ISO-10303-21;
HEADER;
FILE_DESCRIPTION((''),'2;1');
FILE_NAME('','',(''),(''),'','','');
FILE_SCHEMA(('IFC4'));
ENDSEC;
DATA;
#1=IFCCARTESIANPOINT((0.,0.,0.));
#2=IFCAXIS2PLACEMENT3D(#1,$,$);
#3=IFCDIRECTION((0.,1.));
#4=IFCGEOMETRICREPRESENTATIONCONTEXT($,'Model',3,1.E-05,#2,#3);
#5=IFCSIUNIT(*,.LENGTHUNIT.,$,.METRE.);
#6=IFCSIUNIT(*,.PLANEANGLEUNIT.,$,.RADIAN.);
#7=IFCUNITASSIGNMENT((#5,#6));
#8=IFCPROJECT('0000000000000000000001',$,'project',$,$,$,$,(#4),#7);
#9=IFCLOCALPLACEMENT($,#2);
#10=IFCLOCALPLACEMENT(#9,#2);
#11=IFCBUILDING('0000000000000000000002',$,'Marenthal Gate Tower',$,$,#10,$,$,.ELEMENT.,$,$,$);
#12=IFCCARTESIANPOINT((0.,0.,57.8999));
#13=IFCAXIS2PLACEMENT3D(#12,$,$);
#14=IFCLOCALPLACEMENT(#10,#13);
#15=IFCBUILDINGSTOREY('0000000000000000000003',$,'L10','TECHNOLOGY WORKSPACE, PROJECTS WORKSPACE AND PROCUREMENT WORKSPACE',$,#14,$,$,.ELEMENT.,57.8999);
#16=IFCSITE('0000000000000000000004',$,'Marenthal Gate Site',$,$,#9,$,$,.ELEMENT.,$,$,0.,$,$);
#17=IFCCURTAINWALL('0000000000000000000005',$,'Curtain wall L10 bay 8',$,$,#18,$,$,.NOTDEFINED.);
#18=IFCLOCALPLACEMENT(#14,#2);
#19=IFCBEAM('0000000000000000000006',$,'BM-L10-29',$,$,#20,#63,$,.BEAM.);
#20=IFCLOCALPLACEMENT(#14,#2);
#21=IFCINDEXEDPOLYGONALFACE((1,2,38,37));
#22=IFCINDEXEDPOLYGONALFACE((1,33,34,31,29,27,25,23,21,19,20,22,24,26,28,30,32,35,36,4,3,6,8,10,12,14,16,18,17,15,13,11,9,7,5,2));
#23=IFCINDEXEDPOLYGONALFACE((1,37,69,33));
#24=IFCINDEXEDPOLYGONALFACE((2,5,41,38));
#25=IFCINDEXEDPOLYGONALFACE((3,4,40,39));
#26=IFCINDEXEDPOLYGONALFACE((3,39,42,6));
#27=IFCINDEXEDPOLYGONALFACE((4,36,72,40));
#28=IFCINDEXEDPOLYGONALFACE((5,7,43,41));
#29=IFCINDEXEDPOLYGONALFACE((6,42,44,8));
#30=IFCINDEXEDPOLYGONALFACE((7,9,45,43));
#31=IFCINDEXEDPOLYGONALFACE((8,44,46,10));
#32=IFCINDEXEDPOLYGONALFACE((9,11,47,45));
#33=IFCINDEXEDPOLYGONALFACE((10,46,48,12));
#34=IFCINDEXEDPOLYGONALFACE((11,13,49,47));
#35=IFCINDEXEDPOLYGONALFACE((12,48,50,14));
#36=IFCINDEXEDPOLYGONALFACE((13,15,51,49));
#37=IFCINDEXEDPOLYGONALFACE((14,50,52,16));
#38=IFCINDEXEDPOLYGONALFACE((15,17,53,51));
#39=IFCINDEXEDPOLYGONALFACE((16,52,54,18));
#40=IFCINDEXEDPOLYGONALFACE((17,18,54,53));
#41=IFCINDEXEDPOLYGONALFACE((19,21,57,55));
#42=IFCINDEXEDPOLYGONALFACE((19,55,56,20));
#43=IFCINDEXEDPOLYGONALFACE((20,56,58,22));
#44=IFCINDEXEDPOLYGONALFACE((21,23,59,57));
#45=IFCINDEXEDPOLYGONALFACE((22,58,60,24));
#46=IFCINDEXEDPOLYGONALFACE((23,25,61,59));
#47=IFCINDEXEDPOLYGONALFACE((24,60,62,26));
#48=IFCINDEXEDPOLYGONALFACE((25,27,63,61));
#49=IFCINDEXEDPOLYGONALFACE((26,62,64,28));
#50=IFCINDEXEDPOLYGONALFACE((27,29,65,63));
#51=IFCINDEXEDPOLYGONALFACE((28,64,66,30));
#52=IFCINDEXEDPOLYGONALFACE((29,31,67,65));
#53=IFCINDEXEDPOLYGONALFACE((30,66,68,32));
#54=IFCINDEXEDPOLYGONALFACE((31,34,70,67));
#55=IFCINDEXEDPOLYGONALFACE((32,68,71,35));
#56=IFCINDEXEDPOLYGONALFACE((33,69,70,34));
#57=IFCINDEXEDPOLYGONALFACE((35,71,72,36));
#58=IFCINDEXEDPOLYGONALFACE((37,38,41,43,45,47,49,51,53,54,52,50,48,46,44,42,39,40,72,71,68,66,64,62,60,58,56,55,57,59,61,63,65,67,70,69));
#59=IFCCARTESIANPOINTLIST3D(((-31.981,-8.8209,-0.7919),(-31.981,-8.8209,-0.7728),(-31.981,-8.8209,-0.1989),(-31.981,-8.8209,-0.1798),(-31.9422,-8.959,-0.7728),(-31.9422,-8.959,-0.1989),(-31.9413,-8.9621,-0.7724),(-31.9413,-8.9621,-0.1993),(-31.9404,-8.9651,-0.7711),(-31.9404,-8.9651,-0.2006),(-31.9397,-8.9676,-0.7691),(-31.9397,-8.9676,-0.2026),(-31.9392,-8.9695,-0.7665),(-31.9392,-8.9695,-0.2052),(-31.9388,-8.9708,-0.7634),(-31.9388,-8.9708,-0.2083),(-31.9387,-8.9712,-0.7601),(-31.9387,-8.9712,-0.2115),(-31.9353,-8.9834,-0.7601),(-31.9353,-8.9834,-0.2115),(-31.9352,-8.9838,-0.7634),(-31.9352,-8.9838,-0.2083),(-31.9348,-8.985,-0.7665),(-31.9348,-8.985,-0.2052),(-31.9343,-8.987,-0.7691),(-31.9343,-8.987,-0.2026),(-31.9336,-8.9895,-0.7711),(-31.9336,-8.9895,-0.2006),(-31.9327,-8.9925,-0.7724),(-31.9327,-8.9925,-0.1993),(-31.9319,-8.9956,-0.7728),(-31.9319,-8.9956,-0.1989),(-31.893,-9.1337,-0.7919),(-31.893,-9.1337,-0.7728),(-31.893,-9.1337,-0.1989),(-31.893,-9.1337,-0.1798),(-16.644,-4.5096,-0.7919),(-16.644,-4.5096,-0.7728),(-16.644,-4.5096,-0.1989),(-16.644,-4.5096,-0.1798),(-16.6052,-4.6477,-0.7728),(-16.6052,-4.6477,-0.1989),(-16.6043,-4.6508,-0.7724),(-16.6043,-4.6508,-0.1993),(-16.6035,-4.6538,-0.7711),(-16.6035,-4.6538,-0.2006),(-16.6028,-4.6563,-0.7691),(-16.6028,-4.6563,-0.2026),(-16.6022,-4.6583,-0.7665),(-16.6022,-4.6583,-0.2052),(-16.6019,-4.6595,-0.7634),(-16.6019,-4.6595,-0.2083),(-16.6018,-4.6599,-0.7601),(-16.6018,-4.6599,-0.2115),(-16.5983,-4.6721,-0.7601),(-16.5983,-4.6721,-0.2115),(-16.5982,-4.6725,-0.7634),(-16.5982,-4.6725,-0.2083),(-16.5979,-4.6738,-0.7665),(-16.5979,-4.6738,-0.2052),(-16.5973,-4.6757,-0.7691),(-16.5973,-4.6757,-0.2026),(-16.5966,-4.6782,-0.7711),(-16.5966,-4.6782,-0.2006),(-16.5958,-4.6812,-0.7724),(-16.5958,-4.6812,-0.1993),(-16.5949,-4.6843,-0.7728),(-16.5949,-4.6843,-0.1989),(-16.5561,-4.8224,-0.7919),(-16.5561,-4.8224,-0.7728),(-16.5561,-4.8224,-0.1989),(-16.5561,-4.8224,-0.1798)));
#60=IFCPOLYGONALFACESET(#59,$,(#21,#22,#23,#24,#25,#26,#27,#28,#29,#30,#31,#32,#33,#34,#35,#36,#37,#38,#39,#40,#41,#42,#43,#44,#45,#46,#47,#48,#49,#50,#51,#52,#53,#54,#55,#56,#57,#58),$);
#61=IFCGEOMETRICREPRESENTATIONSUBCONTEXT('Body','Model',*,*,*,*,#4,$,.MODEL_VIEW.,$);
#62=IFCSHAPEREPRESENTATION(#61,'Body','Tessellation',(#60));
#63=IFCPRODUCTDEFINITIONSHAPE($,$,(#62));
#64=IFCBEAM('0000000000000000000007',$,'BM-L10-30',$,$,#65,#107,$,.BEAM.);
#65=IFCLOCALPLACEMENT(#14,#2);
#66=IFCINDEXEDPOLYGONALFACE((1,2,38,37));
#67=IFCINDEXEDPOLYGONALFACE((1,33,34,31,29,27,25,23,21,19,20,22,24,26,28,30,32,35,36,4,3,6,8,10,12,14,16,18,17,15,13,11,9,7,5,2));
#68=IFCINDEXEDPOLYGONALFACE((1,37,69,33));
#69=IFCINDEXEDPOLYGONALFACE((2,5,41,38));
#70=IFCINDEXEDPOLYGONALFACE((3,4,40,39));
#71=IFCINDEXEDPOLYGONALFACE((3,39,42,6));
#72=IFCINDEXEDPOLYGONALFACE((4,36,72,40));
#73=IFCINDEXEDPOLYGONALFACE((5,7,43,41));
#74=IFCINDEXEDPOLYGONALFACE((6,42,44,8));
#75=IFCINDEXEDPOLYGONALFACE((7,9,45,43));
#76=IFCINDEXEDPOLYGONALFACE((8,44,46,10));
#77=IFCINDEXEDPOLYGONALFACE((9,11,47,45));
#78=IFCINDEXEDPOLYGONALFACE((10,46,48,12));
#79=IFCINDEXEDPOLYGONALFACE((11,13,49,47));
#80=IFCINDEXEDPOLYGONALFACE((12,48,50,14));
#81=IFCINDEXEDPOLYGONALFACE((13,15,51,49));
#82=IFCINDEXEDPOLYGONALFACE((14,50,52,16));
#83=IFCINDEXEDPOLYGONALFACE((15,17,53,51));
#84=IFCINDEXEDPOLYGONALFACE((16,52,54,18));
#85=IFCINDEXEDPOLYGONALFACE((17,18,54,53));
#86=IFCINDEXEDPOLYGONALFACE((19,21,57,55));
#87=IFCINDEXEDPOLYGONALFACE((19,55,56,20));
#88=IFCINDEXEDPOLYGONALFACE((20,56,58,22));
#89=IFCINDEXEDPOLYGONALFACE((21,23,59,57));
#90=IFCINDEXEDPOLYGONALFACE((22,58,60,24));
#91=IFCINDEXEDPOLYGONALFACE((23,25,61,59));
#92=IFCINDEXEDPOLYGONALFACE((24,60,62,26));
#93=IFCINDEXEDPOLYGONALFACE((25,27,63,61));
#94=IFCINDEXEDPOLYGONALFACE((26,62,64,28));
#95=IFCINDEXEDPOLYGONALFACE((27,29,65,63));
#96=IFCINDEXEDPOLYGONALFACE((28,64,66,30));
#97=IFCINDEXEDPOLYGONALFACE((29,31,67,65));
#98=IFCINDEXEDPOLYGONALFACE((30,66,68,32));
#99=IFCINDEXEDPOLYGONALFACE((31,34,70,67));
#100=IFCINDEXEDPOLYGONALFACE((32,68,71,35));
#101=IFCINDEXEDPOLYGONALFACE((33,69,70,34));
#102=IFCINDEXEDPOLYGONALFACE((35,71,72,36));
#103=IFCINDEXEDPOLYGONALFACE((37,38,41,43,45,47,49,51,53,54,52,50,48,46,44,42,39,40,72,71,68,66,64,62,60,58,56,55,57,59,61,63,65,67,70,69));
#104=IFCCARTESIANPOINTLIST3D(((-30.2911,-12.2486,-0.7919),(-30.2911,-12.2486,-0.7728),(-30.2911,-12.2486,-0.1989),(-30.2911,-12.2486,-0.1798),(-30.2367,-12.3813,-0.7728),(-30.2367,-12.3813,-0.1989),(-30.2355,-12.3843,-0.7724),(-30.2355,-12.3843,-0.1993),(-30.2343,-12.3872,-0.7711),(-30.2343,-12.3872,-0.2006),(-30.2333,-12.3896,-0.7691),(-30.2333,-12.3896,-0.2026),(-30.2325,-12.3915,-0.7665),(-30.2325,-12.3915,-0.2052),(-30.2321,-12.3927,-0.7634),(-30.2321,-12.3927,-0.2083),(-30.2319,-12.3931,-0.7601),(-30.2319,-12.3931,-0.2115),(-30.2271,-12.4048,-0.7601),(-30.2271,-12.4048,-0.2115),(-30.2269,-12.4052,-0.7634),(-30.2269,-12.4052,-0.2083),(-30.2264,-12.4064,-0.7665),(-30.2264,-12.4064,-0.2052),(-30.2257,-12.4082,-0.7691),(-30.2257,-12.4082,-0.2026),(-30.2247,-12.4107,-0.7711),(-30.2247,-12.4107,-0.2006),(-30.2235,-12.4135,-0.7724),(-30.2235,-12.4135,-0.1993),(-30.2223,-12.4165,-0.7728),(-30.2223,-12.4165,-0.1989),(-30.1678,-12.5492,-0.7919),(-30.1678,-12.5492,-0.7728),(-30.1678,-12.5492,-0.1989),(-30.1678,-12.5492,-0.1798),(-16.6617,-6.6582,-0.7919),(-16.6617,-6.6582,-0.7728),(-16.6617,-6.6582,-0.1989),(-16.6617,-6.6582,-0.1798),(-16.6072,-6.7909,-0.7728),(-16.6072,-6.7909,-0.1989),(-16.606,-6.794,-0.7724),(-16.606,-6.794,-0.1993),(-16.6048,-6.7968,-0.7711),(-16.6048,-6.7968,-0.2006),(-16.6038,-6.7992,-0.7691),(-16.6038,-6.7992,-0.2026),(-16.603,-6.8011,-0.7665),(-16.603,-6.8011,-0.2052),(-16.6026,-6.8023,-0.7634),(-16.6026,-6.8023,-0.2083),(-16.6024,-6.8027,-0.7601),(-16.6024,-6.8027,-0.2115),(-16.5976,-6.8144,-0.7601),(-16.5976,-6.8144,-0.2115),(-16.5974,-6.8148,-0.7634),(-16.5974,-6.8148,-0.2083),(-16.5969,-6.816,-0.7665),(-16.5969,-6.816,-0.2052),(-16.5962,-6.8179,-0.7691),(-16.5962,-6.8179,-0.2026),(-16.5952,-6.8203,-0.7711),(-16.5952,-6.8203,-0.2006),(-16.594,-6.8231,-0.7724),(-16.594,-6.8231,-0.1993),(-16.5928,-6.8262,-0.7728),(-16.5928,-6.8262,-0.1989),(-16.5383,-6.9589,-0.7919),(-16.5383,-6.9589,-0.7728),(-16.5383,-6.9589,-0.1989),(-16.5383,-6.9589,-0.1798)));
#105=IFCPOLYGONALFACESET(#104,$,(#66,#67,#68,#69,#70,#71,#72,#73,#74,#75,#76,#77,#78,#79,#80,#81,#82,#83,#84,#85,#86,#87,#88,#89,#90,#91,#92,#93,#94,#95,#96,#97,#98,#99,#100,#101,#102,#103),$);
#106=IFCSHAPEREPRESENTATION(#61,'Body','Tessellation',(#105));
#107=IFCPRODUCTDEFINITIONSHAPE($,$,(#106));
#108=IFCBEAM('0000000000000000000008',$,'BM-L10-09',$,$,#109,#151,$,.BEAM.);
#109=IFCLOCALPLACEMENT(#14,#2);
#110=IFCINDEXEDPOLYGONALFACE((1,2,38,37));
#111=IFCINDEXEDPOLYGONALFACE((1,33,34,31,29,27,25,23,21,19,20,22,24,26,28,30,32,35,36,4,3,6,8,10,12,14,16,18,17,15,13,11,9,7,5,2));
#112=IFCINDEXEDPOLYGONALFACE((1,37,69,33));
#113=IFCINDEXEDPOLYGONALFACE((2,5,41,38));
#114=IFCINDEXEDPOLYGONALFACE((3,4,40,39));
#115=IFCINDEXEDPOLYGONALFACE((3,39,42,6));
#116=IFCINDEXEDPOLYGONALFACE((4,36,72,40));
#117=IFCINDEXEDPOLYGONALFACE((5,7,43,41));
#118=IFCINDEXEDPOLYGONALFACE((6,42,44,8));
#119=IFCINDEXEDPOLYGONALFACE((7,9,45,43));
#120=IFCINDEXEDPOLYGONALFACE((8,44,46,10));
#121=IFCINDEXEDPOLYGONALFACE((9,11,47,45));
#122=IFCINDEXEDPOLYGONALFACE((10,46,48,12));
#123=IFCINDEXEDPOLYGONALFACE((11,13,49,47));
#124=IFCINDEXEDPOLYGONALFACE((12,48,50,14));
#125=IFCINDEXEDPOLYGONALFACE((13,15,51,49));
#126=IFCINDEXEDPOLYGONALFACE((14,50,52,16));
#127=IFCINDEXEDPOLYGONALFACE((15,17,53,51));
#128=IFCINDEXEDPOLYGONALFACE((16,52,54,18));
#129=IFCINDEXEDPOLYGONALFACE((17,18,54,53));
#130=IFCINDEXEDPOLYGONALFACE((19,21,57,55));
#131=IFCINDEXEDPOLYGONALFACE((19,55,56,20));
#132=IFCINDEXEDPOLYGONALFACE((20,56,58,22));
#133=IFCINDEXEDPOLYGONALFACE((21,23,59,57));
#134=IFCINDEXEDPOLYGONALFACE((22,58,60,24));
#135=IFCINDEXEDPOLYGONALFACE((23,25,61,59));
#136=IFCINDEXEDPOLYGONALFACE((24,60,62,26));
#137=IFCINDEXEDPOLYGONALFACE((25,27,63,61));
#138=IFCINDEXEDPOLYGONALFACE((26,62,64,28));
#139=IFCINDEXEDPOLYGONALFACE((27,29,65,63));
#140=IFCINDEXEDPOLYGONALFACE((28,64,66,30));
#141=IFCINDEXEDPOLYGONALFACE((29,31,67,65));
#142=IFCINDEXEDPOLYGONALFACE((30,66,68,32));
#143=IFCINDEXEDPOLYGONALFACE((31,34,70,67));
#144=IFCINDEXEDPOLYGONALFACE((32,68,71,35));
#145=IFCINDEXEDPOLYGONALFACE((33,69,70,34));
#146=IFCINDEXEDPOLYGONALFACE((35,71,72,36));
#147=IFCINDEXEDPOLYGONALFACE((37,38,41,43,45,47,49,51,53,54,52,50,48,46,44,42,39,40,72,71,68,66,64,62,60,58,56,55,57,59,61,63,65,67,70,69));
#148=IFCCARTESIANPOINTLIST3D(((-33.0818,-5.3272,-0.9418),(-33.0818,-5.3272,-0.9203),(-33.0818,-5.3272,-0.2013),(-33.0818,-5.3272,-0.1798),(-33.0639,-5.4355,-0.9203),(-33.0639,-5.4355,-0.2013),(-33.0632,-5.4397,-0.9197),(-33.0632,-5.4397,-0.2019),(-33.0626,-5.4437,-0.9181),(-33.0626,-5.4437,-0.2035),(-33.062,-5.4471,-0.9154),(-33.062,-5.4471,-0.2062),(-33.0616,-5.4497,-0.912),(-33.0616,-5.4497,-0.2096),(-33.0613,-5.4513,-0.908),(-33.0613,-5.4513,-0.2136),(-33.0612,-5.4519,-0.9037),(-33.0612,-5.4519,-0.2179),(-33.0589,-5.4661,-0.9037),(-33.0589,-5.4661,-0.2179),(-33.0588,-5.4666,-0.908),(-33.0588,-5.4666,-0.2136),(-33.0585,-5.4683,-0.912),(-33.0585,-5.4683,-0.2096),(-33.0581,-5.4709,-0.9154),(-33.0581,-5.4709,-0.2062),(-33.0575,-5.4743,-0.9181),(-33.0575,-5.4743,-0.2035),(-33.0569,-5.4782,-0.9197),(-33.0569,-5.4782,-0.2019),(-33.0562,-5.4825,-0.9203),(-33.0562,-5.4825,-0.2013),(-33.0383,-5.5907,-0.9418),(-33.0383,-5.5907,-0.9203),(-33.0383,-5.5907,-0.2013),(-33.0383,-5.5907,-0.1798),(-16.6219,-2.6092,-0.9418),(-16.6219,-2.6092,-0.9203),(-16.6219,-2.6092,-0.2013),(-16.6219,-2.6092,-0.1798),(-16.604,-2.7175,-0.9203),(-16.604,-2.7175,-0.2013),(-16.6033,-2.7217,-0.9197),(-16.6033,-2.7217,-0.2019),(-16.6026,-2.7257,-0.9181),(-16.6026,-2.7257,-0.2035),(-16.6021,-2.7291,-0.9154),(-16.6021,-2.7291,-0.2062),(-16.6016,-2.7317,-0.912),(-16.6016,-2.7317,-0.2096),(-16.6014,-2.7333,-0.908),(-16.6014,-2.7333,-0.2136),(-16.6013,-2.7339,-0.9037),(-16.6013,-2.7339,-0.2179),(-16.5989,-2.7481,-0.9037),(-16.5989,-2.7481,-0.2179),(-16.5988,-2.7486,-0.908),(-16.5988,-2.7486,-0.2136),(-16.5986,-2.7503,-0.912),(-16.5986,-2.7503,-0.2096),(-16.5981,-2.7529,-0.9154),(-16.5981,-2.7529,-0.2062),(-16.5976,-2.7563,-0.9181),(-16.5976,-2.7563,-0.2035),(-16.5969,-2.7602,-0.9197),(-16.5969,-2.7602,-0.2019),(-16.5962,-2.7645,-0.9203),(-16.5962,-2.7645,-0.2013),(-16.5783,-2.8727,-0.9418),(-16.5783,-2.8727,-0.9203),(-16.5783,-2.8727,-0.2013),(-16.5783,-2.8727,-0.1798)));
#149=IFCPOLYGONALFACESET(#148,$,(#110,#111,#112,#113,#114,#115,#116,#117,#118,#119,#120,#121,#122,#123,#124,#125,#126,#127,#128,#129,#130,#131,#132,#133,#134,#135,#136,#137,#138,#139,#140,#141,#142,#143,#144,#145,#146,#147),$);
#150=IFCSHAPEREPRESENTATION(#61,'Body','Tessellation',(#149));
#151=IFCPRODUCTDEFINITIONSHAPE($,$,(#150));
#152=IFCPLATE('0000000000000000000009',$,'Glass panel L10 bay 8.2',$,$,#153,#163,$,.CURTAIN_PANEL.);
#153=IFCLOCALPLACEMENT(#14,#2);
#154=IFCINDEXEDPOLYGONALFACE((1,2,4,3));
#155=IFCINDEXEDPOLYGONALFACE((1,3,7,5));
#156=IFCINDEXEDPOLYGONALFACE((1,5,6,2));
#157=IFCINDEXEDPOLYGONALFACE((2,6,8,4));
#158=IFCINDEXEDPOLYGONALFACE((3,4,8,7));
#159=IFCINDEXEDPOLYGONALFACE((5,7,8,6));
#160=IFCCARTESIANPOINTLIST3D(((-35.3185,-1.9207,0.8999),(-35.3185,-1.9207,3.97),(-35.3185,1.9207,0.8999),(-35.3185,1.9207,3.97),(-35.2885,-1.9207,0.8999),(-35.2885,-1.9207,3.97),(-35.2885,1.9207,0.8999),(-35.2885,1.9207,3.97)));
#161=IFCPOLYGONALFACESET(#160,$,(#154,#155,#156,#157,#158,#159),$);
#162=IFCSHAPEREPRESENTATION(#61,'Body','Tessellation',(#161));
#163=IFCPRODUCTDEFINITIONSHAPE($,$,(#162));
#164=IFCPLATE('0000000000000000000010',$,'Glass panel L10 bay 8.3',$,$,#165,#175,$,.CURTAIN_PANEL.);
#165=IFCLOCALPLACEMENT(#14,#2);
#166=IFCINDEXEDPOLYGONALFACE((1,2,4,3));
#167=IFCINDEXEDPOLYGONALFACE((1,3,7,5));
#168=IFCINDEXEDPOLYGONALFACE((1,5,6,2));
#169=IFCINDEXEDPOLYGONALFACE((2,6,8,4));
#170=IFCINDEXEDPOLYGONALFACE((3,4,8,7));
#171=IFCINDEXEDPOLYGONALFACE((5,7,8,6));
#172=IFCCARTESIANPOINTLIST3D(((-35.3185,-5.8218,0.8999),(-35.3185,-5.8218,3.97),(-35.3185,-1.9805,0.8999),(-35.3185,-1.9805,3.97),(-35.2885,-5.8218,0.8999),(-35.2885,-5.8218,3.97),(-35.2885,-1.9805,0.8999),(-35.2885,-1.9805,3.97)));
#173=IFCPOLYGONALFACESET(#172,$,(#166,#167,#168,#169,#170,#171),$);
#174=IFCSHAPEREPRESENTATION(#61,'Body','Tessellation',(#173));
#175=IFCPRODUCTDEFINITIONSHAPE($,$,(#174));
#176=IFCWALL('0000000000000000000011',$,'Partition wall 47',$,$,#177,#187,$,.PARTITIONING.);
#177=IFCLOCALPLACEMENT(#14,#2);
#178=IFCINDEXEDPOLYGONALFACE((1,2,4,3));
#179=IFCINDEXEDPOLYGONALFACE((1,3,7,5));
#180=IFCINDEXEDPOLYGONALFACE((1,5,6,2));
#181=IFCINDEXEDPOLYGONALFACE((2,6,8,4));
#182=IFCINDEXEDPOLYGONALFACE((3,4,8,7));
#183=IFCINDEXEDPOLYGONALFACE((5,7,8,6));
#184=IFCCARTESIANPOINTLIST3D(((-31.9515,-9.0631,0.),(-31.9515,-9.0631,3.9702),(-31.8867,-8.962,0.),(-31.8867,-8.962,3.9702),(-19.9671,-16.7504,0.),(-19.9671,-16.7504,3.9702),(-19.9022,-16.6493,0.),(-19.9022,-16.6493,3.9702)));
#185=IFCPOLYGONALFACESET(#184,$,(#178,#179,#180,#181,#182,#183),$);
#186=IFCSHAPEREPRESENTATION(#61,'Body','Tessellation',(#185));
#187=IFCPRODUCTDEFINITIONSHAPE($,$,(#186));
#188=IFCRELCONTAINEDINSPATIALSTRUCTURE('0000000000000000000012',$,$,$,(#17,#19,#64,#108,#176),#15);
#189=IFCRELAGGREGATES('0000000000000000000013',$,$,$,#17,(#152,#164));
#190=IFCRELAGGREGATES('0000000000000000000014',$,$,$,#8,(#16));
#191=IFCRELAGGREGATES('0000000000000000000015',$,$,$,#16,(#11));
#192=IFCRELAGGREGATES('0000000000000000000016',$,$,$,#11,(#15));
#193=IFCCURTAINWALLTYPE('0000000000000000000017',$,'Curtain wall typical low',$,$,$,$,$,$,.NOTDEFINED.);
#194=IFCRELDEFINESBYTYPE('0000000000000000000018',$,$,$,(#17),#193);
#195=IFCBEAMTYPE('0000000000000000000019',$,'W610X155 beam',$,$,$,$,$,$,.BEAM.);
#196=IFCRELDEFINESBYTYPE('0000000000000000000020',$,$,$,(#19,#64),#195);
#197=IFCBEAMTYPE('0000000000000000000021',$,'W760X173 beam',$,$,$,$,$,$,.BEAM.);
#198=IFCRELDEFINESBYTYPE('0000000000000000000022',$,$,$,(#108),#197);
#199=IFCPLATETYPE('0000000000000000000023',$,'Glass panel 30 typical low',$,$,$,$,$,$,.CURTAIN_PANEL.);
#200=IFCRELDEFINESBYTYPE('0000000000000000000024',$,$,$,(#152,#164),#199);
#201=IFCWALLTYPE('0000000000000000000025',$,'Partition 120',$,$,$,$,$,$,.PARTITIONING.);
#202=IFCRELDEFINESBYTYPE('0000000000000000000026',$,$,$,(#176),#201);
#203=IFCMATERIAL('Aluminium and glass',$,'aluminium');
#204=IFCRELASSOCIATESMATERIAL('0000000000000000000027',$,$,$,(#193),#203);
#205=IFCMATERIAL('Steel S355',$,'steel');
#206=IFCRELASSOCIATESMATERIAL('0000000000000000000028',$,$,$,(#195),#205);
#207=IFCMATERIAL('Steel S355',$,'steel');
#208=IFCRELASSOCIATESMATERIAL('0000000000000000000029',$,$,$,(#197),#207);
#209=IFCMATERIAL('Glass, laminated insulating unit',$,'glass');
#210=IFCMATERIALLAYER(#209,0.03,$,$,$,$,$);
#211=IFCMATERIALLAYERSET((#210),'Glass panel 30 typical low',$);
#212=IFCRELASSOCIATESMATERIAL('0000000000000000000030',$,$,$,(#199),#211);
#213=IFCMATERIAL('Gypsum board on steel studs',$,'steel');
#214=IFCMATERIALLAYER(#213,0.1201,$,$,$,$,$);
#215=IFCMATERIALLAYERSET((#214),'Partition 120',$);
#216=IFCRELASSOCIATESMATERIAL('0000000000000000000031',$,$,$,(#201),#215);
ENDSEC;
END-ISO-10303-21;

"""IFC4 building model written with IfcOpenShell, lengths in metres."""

from ifc_helpers import new_model, si_unit, direction, frame, frame_2d, origin, origin_2d, place, context, subcontext, project, spatial, rectangle, i_section, extrude, material, layer, layer_set, material_profile, profile_set, type_object, element, aggregate, save


model = new_model("IFC4")

# Units and contexts
model_context = context("Model", 3, precision=1e-05, world=origin(), true_north=direction((0.0, 1.0)))
body_context = subcontext(model_context, "Body", "Model", "MODEL_VIEW")
ifc_project = project(units=[si_unit("LENGTHUNIT", "METRE"), si_unit("PLANEANGLEUNIT", "RADIAN")], contexts=[model_context])

# Site, building, storey
site_placement = place(None, origin())
site = spatial("IfcSite", under=ifc_project, at=site_placement, Name="Marenthal Gate Site", CompositionType="ELEMENT", RefElevation=0.0)
building_placement = place(site_placement, origin())
building = spatial("IfcBuilding", under=site, at=building_placement, Name="Marenthal Gate Tower", CompositionType="ELEMENT")
storey_placement = place(building_placement, frame((0.0, 0.0, 57.8999)))
storey = spatial("IfcBuildingStorey", under=building, at=storey_placement, Name="L10", Description="TECHNOLOGY WORKSPACE, PROJECTS WORKSPACE AND PROCUREMENT WORKSPACE", CompositionType="ELEMENT", Elevation=57.8999)

# Curtain wall
ifc_material_1 = material(Name="Aluminium and glass", Category="aluminium")
curtain_wall_type = type_object("IfcCurtainWallType", Name="Curtain wall typical low", PredefinedType="NOTDEFINED", material=ifc_material_1)
curtain_wall_placement = place(storey_placement, origin())
curtain_wall = element("IfcCurtainWall", 1, at=curtain_wall_placement, inside=storey, type_object=curtain_wall_type, Name="Curtain wall L10 bay 8", PredefinedType="NOTDEFINED")

# Beams
ifc_material_2 = material(Name="Steel S355", Category="steel")
ifc_material_profile_1 = material_profile(ifc_material_2, i_section(OverallWidth=0.325, OverallDepth=0.6121, WebThickness=0.0127, FlangeThickness=0.019, FilletRadius=0.0127, at=origin_2d()), Name="W610X155")
ifc_profile_set_1 = profile_set([ifc_material_profile_1], Name="Steel S355")
beam_type_1 = type_object("IfcBeamType", Name="W610X155 beam", PredefinedType="BEAM", material=ifc_profile_set_1)
beam_1_placement = place(storey_placement, frame((-31.937, -8.9773, -0.4858), z_axis=(0.962687, 0.270616, 0.0), x_axis=(-0.270616, 0.962687, 0.0)))
element("IfcBeam", 2, at=beam_1_placement, inside=storey, type_object=beam_type_1, Name="BM-L10-29", PredefinedType="BEAM", context=body_context, shape_type="SweptSolid", body=[
    extrude(i_section(OverallWidth=0.325, OverallDepth=0.6121, WebThickness=0.0127, FlangeThickness=0.019, FilletRadius=0.0127, at=origin_2d()), origin(), (0.0, 0.0, 1.0), 15.9314),
])
beam_2_placement = place(storey_placement, frame((-30.2295, -12.3989, -0.4858), z_axis=(0.925198, 0.379486, 0.0), x_axis=(-0.379486, 0.925198, 0.0)))
element("IfcBeam", 3, at=beam_2_placement, inside=storey, type_object=beam_type_1, Name="BM-L10-30", PredefinedType="BEAM", context=body_context, shape_type="SweptSolid", body=[
    extrude(i_section(OverallWidth=0.325, OverallDepth=0.6121, WebThickness=0.0127, FlangeThickness=0.019, FilletRadius=0.0127, at=origin_2d()), origin(), (0.0, 0.0, 1.0), 14.7314),
])
ifc_material_3 = material(Name="Steel S355", Category="steel")
ifc_material_profile_2 = material_profile(ifc_material_3, i_section(OverallWidth=0.2671, OverallDepth=0.762, WebThickness=0.0144, FlangeThickness=0.0215, FilletRadius=0.0166, at=origin_2d()), Name="W760X173")
ifc_profile_set_2 = profile_set([ifc_material_profile_2], Name="Steel S355")
beam_type_2 = type_object("IfcBeamType", Name="W760X173 beam", PredefinedType="BEAM", material=ifc_profile_set_2)
beam_3_placement = place(storey_placement, frame((-33.0601, -5.459, -0.5608), z_axis=(0.986639, 0.162923, 0.0), x_axis=(-0.162923, 0.986639, 0.0)))
element("IfcBeam", 4, at=beam_3_placement, inside=storey, type_object=beam_type_2, Name="BM-L10-09", PredefinedType="BEAM", context=body_context, shape_type="SweptSolid", body=[
    extrude(i_section(OverallWidth=0.2671, OverallDepth=0.762, WebThickness=0.0144, FlangeThickness=0.0215, FilletRadius=0.0166, at=origin_2d()), origin(), (0.0, 0.0, 1.0), 16.6829),
])

# Plates
ifc_material_4 = material(Name="Glass, laminated insulating unit", Category="glass")
ifc_layer_1 = layer(ifc_material_4, 0.03)
ifc_layer_set_1 = layer_set([ifc_layer_1], Name="Glass panel 30 typical low")
plate_type = type_object("IfcPlateType", Name="Glass panel 30 typical low", PredefinedType="CURTAIN_PANEL", material=ifc_layer_set_1)
plate_1_placement = place(storey_placement, frame((-35.3035, 0.0, 0.8999), z_axis=(0.0, 0.0, 1.0), x_axis=(0.0, -1.0, 0.0)))
plate_1 = element("IfcPlate", 5, at=plate_1_placement, type_object=plate_type, Name="Glass panel L10 bay 8.2", PredefinedType="CURTAIN_PANEL", context=body_context, shape_type="SweptSolid", body=[
    extrude(rectangle(XDim=3.8413, YDim=0.03, at=origin_2d()), origin(), (0.0, 0.0, 1.0), 3.0701),
])
plate_2_placement = place(storey_placement, frame((-35.3035, -3.9011, 0.8999), z_axis=(0.0, 0.0, 1.0), x_axis=(0.0, -1.0, 0.0)))
plate_2 = element("IfcPlate", 6, at=plate_2_placement, type_object=plate_type, Name="Glass panel L10 bay 8.3", PredefinedType="CURTAIN_PANEL", context=body_context, shape_type="SweptSolid", body=[
    extrude(rectangle(XDim=3.8413, YDim=0.03, at=origin_2d()), origin(), (0.0, 0.0, 1.0), 3.0701),
])
aggregate(curtain_wall, [plate_1, plate_2])

# Wall
ifc_material_5 = material(Name="Gypsum board on steel studs", Category="steel")
ifc_layer_2 = layer(ifc_material_5, 0.1201)
ifc_layer_set_2 = layer_set([ifc_layer_2], Name="Partition 120")
wall_type_1 = type_object("IfcWallType", Name="Partition 120", PredefinedType="PARTITIONING", material=ifc_layer_set_2)
wall_1_placement = place(storey_placement, frame((-31.9192, -9.0125, 0.0), z_axis=(0.0, 0.0, 1.0), x_axis=(0.841721, -0.539913, 0.0)))
element("IfcWall", 7, at=wall_1_placement, inside=storey, type_object=wall_type_1, Name="Partition wall 47", PredefinedType="PARTITIONING", context=body_context, shape_type="SweptSolid", body=[
    extrude(rectangle(XDim=14.238, YDim=0.1201, at=frame_2d((7.1191, 0.0))), origin(), (0.0, 0.0, 1.0), 3.9702),
])

save(model, "model.ifc")
